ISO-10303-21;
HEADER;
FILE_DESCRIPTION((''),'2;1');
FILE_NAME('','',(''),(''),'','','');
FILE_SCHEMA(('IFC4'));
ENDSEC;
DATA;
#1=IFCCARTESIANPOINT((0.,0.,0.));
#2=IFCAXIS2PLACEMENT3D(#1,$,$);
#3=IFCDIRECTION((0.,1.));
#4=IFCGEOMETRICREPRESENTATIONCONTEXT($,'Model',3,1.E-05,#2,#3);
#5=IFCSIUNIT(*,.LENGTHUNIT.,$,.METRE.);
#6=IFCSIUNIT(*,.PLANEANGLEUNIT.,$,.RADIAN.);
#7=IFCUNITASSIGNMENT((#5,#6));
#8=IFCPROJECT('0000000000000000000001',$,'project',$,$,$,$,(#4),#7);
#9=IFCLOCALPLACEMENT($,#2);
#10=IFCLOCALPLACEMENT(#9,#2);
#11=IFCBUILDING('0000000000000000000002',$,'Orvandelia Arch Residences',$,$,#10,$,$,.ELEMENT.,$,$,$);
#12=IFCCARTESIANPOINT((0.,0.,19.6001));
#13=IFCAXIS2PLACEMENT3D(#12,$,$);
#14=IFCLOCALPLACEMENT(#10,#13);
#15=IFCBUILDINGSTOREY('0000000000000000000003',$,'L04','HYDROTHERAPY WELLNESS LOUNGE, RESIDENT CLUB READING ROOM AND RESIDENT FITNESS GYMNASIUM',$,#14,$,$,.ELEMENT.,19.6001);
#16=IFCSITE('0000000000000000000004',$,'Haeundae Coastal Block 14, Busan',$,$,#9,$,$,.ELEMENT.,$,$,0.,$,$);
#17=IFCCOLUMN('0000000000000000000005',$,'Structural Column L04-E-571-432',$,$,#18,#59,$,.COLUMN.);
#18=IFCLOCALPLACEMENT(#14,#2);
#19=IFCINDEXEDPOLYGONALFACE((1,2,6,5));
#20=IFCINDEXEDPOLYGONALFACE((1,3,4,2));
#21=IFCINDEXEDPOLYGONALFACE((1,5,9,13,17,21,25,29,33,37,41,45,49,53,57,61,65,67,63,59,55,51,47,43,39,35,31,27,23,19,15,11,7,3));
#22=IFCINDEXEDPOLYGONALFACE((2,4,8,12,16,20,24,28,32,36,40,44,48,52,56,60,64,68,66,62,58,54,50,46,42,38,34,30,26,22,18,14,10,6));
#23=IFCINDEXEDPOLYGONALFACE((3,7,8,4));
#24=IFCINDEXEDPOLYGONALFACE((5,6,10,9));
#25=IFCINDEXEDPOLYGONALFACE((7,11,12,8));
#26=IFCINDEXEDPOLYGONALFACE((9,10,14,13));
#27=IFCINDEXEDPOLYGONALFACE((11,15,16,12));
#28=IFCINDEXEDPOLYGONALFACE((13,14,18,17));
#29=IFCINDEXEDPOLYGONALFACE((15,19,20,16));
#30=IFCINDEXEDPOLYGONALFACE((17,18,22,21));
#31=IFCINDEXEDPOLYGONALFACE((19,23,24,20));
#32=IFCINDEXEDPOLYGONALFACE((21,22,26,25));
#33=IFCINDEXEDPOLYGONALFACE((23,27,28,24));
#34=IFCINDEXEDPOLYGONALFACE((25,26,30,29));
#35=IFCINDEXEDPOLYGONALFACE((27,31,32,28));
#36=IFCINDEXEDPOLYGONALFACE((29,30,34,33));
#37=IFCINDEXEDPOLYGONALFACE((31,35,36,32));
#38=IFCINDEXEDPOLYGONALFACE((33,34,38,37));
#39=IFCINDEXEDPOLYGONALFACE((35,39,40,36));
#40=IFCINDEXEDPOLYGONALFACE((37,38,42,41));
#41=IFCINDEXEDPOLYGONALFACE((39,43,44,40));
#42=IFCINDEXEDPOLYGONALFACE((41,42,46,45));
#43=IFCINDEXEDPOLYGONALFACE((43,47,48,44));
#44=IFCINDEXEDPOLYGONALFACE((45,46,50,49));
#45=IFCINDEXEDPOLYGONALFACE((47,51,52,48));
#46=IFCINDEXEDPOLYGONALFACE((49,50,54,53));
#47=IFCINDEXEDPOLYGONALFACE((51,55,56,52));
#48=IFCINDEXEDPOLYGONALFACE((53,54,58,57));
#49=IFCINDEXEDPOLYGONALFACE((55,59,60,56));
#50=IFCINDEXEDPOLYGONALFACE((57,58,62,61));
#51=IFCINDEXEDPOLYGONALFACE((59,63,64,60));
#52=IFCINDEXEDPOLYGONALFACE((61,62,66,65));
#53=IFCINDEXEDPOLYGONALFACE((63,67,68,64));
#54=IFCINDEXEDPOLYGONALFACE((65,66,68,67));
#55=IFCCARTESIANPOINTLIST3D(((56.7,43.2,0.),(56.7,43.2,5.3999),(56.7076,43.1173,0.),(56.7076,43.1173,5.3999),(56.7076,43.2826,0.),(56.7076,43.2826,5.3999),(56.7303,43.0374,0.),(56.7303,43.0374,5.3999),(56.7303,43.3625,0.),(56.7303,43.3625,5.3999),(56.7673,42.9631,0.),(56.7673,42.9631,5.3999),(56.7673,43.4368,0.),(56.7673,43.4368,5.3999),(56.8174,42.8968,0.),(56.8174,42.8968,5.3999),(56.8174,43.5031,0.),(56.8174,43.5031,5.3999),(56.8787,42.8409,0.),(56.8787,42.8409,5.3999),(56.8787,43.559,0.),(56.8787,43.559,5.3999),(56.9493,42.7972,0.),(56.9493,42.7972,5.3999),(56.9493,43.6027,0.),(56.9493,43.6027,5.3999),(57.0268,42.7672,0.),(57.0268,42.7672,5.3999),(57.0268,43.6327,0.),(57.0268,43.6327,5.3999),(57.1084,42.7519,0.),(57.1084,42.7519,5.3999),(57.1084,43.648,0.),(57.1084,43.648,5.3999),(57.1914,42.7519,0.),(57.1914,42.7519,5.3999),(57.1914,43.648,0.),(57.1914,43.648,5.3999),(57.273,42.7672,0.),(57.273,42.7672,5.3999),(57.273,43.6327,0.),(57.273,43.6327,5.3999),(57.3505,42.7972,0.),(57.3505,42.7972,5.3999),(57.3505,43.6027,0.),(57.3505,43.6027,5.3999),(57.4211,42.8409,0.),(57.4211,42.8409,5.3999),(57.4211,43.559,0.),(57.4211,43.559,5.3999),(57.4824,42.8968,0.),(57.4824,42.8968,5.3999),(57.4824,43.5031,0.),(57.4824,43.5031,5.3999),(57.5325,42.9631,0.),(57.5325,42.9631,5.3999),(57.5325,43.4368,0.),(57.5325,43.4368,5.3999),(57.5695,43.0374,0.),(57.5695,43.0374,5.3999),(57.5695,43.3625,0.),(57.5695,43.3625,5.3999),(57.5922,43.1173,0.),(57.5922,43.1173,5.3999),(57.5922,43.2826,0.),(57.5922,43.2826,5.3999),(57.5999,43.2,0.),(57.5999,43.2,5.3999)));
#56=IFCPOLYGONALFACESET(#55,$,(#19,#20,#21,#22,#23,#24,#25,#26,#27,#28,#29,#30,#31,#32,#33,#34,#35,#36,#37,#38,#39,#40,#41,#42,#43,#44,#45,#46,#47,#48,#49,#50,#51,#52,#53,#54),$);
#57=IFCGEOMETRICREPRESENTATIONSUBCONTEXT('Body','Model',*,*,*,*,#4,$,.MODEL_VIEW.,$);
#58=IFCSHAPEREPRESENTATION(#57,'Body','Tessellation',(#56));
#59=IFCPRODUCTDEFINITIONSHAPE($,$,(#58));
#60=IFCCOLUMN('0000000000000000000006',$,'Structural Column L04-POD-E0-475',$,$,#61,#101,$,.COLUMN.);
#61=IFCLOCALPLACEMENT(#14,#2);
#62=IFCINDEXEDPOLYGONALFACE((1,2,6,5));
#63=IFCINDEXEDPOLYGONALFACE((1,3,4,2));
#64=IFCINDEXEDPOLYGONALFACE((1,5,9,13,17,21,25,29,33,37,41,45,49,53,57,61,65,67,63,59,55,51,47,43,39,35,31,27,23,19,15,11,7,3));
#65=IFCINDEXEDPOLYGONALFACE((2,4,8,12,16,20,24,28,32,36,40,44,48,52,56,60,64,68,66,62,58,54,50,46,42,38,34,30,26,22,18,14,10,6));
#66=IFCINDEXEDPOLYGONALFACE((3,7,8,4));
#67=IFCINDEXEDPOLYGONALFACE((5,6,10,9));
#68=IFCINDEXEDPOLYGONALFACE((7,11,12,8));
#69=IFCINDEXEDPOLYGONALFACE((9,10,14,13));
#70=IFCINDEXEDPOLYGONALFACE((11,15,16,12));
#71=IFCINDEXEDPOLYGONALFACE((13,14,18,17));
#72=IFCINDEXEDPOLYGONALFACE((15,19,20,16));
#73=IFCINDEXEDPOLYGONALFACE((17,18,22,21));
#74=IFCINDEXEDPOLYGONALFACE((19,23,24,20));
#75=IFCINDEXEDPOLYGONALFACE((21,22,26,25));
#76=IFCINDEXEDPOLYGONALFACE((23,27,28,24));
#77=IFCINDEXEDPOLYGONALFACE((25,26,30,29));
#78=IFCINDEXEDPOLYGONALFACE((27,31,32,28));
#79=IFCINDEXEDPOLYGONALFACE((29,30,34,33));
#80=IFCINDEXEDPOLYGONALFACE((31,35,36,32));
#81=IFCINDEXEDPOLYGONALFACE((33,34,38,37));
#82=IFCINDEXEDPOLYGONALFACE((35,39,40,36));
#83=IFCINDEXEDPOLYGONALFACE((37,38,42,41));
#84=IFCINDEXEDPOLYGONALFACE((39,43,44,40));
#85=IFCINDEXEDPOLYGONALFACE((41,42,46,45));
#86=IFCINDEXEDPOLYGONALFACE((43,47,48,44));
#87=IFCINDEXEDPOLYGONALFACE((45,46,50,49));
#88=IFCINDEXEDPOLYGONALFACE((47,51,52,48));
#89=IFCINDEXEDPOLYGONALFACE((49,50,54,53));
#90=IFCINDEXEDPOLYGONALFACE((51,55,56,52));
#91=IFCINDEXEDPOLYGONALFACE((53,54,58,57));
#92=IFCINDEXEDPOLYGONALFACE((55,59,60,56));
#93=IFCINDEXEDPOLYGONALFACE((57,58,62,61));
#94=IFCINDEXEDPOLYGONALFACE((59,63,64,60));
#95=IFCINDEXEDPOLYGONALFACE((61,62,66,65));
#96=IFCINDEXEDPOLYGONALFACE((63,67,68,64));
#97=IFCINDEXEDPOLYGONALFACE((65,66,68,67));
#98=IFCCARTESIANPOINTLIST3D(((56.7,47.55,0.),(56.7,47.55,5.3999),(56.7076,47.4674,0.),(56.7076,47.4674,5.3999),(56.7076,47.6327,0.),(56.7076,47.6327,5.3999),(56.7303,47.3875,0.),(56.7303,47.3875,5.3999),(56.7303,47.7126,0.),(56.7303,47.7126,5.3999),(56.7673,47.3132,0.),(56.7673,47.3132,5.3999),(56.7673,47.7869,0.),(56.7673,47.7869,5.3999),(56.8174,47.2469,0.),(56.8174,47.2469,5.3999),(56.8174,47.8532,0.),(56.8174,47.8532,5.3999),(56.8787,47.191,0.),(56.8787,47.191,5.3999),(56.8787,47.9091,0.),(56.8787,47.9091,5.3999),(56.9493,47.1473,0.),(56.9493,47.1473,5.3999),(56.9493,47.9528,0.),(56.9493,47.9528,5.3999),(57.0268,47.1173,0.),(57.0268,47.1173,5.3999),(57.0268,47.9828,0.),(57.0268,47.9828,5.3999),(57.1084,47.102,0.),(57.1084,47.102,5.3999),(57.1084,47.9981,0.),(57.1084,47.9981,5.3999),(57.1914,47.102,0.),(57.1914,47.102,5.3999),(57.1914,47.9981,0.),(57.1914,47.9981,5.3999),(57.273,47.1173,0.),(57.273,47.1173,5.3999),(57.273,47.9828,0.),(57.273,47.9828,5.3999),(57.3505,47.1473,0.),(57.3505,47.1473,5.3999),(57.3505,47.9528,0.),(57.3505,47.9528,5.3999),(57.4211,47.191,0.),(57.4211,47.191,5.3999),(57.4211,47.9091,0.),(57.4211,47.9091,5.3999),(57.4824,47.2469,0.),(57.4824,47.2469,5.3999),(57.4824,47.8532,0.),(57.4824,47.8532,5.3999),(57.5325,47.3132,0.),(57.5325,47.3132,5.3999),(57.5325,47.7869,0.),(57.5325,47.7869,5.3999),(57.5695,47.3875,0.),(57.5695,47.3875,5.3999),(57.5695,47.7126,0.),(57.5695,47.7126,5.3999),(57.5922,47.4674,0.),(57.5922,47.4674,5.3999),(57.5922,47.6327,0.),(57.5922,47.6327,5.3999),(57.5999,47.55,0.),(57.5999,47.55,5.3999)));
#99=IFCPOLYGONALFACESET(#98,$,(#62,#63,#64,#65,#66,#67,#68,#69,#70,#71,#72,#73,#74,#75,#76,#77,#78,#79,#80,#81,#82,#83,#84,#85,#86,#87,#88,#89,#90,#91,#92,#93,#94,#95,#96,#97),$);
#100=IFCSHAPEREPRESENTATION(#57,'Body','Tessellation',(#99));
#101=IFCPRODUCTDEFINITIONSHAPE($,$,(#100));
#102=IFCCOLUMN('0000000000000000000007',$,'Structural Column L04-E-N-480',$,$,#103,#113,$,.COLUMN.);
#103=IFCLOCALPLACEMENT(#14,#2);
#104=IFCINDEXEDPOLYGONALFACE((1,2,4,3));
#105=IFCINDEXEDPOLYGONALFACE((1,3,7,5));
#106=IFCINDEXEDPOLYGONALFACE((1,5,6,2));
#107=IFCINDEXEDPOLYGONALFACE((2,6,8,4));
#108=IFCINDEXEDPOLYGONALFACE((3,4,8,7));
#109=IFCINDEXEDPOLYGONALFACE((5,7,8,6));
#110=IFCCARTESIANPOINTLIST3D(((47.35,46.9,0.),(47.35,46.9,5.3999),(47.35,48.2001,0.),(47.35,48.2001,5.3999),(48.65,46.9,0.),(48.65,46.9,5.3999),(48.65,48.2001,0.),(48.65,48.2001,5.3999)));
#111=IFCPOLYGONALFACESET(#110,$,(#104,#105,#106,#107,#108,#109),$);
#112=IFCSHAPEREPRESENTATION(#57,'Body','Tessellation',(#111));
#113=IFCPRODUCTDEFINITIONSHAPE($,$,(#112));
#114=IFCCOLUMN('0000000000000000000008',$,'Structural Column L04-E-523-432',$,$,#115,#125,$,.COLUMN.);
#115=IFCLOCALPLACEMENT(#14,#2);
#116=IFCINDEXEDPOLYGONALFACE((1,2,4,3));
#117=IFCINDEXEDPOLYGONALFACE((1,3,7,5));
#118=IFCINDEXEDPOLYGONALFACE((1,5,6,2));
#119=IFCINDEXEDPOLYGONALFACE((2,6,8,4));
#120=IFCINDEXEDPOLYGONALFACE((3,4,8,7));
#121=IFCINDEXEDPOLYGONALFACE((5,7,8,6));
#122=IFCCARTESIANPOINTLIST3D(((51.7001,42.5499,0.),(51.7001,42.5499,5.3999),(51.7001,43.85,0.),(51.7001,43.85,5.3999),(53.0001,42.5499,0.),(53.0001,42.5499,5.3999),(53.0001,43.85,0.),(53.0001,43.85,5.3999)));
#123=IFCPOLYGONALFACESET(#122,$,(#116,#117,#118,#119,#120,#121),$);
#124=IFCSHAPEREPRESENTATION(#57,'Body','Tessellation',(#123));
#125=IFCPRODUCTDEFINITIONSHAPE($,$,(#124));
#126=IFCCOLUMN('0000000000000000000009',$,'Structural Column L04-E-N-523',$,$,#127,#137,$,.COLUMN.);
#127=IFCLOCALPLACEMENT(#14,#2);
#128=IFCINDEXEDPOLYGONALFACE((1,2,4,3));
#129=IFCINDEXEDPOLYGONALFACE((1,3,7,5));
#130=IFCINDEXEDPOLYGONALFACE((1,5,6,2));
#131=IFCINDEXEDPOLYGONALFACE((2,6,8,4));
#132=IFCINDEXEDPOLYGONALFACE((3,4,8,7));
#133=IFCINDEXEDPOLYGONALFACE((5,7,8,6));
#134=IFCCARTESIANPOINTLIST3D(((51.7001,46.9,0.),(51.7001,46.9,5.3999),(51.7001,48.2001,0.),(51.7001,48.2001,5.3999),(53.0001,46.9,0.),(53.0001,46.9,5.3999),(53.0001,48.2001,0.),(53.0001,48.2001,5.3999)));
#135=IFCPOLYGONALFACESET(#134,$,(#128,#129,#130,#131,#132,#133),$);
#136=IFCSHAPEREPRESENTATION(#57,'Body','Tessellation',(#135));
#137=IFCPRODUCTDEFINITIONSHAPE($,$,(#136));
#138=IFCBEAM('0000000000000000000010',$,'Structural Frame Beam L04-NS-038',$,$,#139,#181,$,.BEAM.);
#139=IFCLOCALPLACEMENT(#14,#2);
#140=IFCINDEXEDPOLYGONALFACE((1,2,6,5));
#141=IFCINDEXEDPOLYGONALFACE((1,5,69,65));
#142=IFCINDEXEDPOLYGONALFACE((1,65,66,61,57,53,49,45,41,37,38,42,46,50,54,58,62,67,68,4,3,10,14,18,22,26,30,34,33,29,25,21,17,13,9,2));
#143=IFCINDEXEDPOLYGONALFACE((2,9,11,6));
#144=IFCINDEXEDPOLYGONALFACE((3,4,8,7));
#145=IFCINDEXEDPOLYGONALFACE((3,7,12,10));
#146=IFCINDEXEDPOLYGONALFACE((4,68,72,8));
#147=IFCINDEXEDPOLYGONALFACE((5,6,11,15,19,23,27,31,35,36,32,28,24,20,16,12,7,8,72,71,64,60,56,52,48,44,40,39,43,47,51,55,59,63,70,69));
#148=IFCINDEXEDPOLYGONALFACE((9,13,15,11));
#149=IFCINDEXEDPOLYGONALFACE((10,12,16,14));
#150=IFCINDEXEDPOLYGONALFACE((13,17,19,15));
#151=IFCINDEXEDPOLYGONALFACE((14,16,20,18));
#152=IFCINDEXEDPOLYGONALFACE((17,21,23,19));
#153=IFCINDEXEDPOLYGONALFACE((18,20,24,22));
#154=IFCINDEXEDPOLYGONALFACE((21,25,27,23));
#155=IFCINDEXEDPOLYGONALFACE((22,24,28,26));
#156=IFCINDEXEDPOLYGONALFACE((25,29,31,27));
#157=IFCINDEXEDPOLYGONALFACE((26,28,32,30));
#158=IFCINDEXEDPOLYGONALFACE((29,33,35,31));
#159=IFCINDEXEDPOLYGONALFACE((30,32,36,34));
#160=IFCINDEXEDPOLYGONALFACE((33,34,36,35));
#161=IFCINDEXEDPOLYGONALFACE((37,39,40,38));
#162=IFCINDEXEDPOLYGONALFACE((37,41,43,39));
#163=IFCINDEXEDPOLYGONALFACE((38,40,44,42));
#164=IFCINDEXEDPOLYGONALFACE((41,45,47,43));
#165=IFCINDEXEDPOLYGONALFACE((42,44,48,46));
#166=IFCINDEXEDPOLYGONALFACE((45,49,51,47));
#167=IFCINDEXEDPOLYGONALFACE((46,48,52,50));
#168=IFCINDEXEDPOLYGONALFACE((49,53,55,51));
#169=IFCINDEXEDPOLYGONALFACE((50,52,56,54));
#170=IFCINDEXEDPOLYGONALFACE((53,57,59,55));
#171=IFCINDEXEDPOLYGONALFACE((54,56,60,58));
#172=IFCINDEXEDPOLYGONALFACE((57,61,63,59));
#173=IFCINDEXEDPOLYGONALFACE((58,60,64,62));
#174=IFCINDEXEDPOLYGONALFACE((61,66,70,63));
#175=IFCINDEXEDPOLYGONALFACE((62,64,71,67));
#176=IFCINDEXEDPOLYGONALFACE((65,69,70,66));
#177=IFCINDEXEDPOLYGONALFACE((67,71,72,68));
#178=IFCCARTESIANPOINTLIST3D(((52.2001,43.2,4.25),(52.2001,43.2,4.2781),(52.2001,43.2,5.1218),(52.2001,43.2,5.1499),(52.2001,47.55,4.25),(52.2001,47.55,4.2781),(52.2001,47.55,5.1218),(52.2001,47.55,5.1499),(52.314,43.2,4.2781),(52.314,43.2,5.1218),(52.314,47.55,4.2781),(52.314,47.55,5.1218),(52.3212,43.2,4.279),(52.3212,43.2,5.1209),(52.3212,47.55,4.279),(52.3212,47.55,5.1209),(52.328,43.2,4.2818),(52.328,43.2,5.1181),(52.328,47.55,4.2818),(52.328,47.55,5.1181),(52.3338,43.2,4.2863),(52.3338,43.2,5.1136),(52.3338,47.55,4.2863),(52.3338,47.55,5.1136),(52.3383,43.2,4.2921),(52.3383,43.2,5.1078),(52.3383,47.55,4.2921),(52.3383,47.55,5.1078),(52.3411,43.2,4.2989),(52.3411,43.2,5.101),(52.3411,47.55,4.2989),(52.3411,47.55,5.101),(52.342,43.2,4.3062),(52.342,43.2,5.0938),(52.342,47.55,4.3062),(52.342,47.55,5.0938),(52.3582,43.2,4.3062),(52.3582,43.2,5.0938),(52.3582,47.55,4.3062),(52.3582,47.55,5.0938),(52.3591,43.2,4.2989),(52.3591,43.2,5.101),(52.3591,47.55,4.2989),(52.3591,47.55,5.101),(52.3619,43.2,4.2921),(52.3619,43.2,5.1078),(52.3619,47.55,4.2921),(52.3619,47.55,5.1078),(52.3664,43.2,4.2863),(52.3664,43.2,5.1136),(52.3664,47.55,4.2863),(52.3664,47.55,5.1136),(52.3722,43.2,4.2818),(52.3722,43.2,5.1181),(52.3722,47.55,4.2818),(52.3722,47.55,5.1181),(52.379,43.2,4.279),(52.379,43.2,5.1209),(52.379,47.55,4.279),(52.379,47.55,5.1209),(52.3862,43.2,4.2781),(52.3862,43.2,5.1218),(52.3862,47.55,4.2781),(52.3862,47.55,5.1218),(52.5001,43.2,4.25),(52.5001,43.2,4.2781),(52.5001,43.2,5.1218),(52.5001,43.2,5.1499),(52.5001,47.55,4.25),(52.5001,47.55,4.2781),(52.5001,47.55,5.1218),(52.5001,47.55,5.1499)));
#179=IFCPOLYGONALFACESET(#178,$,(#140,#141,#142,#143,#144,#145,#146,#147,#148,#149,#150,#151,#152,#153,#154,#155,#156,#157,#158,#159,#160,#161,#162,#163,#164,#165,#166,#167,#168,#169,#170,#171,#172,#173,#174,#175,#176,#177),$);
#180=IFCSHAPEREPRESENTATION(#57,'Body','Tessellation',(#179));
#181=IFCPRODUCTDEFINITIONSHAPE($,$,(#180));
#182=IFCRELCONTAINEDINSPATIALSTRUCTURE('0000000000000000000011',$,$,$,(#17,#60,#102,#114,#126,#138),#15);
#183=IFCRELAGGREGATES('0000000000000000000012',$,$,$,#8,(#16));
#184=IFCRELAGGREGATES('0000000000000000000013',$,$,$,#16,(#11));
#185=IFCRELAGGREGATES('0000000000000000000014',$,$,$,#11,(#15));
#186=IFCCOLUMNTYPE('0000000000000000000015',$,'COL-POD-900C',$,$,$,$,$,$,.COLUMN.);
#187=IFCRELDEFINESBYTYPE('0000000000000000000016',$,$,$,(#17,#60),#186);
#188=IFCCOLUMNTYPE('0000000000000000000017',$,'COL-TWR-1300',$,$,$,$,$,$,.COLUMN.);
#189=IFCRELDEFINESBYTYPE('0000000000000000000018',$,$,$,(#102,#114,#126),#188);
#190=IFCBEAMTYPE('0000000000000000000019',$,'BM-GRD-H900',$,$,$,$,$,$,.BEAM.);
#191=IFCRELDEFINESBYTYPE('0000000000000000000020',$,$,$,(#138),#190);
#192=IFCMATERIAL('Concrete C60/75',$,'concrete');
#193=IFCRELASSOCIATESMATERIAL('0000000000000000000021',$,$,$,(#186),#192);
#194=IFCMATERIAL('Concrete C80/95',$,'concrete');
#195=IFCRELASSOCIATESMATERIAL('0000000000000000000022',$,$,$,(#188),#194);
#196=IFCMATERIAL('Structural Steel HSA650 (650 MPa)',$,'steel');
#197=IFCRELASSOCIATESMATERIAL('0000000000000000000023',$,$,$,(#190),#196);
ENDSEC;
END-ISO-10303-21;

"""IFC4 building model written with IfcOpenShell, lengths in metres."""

from ifc_helpers import new_model, si_unit, direction, frame, origin, origin_2d, place, context, subcontext, project, spatial, rectangle, circle, i_section, extrude, material, material_profile, profile_set, type_object, element, save


model = new_model("IFC4")

# Units and contexts
model_context = context("Model", 3, precision=1e-05, world=origin(), true_north=direction((0.0, 1.0)))
body_context = subcontext(model_context, "Body", "Model", "MODEL_VIEW")
ifc_project = project(units=[si_unit("LENGTHUNIT", "METRE"), si_unit("PLANEANGLEUNIT", "RADIAN")], contexts=[model_context])

# Site, building, storey
site_placement = place(None, origin())
site = spatial("IfcSite", under=ifc_project, at=site_placement, Name="Haeundae Coastal Block 14, Busan", CompositionType="ELEMENT", RefElevation=0.0)
building_placement = place(site_placement, origin())
building = spatial("IfcBuilding", under=site, at=building_placement, Name="Orvandelia Arch Residences", CompositionType="ELEMENT")
storey_placement = place(building_placement, frame((0.0, 0.0, 19.6001)))
storey = spatial("IfcBuildingStorey", under=building, at=storey_placement, Name="L04", Description="HYDROTHERAPY WELLNESS LOUNGE, RESIDENT CLUB READING ROOM AND RESIDENT FITNESS GYMNASIUM", CompositionType="ELEMENT", Elevation=19.6001)

# Columns
ifc_material_1 = material(Name="Concrete C60/75", Category="concrete")
ifc_material_profile_1 = material_profile(ifc_material_1, circle(Radius=0.45, at=origin_2d()), Name="Concrete C60/75", Category="concrete")
ifc_profile_set_1 = profile_set([ifc_material_profile_1], Name="Concrete C60/75")
column_type_1 = type_object("IfcColumnType", Name="COL-POD-900C", PredefinedType="COLUMN", material=ifc_profile_set_1)
for number, where, z_axis, x_axis, name in (
    (1, (57.1499, 43.2, 0.0), (0.0, 0.0, 1.0), (1.0, 0.0, 0.0), "Structural Column L04-E-571-432"),
    (2, (57.1499, 47.55, 0.0), (0.0, 0.0, 1.0), (1.0, 0.0, 0.0), "Structural Column L04-POD-E0-475"),
):
    element("IfcColumn", number, at=place(storey_placement, frame(where, z_axis=z_axis, x_axis=x_axis)), inside=storey, type_object=column_type_1, Name=name, PredefinedType="COLUMN", context=body_context, shape_type="SweptSolid", body=[
        extrude(circle(Radius=0.45, at=origin_2d()), origin(), (0.0, 0.0, 1.0), 5.3999),
    ])
ifc_material_2 = material(Name="Concrete C80/95", Category="concrete")
ifc_material_profile_2 = material_profile(ifc_material_2, rectangle(XDim=1.3, YDim=1.3, at=origin_2d()), Name="Concrete C80/95", Category="concrete")
ifc_profile_set_2 = profile_set([ifc_material_profile_2], Name="Concrete C80/95")
column_type_2 = type_object("IfcColumnType", Name="COL-TWR-1300", PredefinedType="COLUMN", material=ifc_profile_set_2)
for number, where, z_axis, x_axis, name in (
    (3, (48.0, 47.55, 0.0), (0.0, 0.0, 1.0), (1.0, 0.0, 0.0), "Structural Column L04-E-N-480"),
    (4, (52.3501, 43.2, 0.0), (0.0, 0.0, 1.0), (1.0, 0.0, 0.0), "Structural Column L04-E-523-432"),
    (5, (52.3501, 47.55, 0.0), (0.0, 0.0, 1.0), (1.0, 0.0, 0.0), "Structural Column L04-E-N-523"),
):
    element("IfcColumn", number, at=place(storey_placement, frame(where, z_axis=z_axis, x_axis=x_axis)), inside=storey, type_object=column_type_2, Name=name, PredefinedType="COLUMN", context=body_context, shape_type="SweptSolid", body=[
        extrude(rectangle(XDim=1.3, YDim=1.3, at=origin_2d()), origin(), (0.0, 0.0, 1.0), 5.3999),
    ])

# Beam
ifc_material_3 = material(Name="Structural Steel HSA650 (650 MPa)", Category="steel")
ifc_material_profile_3 = material_profile(ifc_material_3, i_section(OverallWidth=0.3, OverallDepth=0.8999, WebThickness=0.0161, FlangeThickness=0.0281, FilletRadius=0.0281, at=origin_2d()), Name="Structural Steel HSA650 (650 MPa)", Category="steel")
ifc_profile_set_3 = profile_set([ifc_material_profile_3], Name="Structural Steel HSA650 (650 MPa)")
beam_type = type_object("IfcBeamType", Name="BM-GRD-H900", PredefinedType="BEAM", material=ifc_profile_set_3)
beam_1_placement = place(storey_placement, frame((52.3501, 43.2, 4.7), z_axis=(0.0, 1.0, 0.0), x_axis=(-1.0, 0.0, 0.0)))
element("IfcBeam", 6, at=beam_1_placement, inside=storey, type_object=beam_type, Name="Structural Frame Beam L04-NS-038", PredefinedType="BEAM", context=body_context, shape_type="SweptSolid", body=[
    extrude(i_section(OverallWidth=0.3, OverallDepth=0.8999, WebThickness=0.0161, FlangeThickness=0.0281, FilletRadius=0.0281, at=origin_2d()), origin(), (0.0, 0.0, 1.0), 4.3501),
])

save(model, "model.ifc")
